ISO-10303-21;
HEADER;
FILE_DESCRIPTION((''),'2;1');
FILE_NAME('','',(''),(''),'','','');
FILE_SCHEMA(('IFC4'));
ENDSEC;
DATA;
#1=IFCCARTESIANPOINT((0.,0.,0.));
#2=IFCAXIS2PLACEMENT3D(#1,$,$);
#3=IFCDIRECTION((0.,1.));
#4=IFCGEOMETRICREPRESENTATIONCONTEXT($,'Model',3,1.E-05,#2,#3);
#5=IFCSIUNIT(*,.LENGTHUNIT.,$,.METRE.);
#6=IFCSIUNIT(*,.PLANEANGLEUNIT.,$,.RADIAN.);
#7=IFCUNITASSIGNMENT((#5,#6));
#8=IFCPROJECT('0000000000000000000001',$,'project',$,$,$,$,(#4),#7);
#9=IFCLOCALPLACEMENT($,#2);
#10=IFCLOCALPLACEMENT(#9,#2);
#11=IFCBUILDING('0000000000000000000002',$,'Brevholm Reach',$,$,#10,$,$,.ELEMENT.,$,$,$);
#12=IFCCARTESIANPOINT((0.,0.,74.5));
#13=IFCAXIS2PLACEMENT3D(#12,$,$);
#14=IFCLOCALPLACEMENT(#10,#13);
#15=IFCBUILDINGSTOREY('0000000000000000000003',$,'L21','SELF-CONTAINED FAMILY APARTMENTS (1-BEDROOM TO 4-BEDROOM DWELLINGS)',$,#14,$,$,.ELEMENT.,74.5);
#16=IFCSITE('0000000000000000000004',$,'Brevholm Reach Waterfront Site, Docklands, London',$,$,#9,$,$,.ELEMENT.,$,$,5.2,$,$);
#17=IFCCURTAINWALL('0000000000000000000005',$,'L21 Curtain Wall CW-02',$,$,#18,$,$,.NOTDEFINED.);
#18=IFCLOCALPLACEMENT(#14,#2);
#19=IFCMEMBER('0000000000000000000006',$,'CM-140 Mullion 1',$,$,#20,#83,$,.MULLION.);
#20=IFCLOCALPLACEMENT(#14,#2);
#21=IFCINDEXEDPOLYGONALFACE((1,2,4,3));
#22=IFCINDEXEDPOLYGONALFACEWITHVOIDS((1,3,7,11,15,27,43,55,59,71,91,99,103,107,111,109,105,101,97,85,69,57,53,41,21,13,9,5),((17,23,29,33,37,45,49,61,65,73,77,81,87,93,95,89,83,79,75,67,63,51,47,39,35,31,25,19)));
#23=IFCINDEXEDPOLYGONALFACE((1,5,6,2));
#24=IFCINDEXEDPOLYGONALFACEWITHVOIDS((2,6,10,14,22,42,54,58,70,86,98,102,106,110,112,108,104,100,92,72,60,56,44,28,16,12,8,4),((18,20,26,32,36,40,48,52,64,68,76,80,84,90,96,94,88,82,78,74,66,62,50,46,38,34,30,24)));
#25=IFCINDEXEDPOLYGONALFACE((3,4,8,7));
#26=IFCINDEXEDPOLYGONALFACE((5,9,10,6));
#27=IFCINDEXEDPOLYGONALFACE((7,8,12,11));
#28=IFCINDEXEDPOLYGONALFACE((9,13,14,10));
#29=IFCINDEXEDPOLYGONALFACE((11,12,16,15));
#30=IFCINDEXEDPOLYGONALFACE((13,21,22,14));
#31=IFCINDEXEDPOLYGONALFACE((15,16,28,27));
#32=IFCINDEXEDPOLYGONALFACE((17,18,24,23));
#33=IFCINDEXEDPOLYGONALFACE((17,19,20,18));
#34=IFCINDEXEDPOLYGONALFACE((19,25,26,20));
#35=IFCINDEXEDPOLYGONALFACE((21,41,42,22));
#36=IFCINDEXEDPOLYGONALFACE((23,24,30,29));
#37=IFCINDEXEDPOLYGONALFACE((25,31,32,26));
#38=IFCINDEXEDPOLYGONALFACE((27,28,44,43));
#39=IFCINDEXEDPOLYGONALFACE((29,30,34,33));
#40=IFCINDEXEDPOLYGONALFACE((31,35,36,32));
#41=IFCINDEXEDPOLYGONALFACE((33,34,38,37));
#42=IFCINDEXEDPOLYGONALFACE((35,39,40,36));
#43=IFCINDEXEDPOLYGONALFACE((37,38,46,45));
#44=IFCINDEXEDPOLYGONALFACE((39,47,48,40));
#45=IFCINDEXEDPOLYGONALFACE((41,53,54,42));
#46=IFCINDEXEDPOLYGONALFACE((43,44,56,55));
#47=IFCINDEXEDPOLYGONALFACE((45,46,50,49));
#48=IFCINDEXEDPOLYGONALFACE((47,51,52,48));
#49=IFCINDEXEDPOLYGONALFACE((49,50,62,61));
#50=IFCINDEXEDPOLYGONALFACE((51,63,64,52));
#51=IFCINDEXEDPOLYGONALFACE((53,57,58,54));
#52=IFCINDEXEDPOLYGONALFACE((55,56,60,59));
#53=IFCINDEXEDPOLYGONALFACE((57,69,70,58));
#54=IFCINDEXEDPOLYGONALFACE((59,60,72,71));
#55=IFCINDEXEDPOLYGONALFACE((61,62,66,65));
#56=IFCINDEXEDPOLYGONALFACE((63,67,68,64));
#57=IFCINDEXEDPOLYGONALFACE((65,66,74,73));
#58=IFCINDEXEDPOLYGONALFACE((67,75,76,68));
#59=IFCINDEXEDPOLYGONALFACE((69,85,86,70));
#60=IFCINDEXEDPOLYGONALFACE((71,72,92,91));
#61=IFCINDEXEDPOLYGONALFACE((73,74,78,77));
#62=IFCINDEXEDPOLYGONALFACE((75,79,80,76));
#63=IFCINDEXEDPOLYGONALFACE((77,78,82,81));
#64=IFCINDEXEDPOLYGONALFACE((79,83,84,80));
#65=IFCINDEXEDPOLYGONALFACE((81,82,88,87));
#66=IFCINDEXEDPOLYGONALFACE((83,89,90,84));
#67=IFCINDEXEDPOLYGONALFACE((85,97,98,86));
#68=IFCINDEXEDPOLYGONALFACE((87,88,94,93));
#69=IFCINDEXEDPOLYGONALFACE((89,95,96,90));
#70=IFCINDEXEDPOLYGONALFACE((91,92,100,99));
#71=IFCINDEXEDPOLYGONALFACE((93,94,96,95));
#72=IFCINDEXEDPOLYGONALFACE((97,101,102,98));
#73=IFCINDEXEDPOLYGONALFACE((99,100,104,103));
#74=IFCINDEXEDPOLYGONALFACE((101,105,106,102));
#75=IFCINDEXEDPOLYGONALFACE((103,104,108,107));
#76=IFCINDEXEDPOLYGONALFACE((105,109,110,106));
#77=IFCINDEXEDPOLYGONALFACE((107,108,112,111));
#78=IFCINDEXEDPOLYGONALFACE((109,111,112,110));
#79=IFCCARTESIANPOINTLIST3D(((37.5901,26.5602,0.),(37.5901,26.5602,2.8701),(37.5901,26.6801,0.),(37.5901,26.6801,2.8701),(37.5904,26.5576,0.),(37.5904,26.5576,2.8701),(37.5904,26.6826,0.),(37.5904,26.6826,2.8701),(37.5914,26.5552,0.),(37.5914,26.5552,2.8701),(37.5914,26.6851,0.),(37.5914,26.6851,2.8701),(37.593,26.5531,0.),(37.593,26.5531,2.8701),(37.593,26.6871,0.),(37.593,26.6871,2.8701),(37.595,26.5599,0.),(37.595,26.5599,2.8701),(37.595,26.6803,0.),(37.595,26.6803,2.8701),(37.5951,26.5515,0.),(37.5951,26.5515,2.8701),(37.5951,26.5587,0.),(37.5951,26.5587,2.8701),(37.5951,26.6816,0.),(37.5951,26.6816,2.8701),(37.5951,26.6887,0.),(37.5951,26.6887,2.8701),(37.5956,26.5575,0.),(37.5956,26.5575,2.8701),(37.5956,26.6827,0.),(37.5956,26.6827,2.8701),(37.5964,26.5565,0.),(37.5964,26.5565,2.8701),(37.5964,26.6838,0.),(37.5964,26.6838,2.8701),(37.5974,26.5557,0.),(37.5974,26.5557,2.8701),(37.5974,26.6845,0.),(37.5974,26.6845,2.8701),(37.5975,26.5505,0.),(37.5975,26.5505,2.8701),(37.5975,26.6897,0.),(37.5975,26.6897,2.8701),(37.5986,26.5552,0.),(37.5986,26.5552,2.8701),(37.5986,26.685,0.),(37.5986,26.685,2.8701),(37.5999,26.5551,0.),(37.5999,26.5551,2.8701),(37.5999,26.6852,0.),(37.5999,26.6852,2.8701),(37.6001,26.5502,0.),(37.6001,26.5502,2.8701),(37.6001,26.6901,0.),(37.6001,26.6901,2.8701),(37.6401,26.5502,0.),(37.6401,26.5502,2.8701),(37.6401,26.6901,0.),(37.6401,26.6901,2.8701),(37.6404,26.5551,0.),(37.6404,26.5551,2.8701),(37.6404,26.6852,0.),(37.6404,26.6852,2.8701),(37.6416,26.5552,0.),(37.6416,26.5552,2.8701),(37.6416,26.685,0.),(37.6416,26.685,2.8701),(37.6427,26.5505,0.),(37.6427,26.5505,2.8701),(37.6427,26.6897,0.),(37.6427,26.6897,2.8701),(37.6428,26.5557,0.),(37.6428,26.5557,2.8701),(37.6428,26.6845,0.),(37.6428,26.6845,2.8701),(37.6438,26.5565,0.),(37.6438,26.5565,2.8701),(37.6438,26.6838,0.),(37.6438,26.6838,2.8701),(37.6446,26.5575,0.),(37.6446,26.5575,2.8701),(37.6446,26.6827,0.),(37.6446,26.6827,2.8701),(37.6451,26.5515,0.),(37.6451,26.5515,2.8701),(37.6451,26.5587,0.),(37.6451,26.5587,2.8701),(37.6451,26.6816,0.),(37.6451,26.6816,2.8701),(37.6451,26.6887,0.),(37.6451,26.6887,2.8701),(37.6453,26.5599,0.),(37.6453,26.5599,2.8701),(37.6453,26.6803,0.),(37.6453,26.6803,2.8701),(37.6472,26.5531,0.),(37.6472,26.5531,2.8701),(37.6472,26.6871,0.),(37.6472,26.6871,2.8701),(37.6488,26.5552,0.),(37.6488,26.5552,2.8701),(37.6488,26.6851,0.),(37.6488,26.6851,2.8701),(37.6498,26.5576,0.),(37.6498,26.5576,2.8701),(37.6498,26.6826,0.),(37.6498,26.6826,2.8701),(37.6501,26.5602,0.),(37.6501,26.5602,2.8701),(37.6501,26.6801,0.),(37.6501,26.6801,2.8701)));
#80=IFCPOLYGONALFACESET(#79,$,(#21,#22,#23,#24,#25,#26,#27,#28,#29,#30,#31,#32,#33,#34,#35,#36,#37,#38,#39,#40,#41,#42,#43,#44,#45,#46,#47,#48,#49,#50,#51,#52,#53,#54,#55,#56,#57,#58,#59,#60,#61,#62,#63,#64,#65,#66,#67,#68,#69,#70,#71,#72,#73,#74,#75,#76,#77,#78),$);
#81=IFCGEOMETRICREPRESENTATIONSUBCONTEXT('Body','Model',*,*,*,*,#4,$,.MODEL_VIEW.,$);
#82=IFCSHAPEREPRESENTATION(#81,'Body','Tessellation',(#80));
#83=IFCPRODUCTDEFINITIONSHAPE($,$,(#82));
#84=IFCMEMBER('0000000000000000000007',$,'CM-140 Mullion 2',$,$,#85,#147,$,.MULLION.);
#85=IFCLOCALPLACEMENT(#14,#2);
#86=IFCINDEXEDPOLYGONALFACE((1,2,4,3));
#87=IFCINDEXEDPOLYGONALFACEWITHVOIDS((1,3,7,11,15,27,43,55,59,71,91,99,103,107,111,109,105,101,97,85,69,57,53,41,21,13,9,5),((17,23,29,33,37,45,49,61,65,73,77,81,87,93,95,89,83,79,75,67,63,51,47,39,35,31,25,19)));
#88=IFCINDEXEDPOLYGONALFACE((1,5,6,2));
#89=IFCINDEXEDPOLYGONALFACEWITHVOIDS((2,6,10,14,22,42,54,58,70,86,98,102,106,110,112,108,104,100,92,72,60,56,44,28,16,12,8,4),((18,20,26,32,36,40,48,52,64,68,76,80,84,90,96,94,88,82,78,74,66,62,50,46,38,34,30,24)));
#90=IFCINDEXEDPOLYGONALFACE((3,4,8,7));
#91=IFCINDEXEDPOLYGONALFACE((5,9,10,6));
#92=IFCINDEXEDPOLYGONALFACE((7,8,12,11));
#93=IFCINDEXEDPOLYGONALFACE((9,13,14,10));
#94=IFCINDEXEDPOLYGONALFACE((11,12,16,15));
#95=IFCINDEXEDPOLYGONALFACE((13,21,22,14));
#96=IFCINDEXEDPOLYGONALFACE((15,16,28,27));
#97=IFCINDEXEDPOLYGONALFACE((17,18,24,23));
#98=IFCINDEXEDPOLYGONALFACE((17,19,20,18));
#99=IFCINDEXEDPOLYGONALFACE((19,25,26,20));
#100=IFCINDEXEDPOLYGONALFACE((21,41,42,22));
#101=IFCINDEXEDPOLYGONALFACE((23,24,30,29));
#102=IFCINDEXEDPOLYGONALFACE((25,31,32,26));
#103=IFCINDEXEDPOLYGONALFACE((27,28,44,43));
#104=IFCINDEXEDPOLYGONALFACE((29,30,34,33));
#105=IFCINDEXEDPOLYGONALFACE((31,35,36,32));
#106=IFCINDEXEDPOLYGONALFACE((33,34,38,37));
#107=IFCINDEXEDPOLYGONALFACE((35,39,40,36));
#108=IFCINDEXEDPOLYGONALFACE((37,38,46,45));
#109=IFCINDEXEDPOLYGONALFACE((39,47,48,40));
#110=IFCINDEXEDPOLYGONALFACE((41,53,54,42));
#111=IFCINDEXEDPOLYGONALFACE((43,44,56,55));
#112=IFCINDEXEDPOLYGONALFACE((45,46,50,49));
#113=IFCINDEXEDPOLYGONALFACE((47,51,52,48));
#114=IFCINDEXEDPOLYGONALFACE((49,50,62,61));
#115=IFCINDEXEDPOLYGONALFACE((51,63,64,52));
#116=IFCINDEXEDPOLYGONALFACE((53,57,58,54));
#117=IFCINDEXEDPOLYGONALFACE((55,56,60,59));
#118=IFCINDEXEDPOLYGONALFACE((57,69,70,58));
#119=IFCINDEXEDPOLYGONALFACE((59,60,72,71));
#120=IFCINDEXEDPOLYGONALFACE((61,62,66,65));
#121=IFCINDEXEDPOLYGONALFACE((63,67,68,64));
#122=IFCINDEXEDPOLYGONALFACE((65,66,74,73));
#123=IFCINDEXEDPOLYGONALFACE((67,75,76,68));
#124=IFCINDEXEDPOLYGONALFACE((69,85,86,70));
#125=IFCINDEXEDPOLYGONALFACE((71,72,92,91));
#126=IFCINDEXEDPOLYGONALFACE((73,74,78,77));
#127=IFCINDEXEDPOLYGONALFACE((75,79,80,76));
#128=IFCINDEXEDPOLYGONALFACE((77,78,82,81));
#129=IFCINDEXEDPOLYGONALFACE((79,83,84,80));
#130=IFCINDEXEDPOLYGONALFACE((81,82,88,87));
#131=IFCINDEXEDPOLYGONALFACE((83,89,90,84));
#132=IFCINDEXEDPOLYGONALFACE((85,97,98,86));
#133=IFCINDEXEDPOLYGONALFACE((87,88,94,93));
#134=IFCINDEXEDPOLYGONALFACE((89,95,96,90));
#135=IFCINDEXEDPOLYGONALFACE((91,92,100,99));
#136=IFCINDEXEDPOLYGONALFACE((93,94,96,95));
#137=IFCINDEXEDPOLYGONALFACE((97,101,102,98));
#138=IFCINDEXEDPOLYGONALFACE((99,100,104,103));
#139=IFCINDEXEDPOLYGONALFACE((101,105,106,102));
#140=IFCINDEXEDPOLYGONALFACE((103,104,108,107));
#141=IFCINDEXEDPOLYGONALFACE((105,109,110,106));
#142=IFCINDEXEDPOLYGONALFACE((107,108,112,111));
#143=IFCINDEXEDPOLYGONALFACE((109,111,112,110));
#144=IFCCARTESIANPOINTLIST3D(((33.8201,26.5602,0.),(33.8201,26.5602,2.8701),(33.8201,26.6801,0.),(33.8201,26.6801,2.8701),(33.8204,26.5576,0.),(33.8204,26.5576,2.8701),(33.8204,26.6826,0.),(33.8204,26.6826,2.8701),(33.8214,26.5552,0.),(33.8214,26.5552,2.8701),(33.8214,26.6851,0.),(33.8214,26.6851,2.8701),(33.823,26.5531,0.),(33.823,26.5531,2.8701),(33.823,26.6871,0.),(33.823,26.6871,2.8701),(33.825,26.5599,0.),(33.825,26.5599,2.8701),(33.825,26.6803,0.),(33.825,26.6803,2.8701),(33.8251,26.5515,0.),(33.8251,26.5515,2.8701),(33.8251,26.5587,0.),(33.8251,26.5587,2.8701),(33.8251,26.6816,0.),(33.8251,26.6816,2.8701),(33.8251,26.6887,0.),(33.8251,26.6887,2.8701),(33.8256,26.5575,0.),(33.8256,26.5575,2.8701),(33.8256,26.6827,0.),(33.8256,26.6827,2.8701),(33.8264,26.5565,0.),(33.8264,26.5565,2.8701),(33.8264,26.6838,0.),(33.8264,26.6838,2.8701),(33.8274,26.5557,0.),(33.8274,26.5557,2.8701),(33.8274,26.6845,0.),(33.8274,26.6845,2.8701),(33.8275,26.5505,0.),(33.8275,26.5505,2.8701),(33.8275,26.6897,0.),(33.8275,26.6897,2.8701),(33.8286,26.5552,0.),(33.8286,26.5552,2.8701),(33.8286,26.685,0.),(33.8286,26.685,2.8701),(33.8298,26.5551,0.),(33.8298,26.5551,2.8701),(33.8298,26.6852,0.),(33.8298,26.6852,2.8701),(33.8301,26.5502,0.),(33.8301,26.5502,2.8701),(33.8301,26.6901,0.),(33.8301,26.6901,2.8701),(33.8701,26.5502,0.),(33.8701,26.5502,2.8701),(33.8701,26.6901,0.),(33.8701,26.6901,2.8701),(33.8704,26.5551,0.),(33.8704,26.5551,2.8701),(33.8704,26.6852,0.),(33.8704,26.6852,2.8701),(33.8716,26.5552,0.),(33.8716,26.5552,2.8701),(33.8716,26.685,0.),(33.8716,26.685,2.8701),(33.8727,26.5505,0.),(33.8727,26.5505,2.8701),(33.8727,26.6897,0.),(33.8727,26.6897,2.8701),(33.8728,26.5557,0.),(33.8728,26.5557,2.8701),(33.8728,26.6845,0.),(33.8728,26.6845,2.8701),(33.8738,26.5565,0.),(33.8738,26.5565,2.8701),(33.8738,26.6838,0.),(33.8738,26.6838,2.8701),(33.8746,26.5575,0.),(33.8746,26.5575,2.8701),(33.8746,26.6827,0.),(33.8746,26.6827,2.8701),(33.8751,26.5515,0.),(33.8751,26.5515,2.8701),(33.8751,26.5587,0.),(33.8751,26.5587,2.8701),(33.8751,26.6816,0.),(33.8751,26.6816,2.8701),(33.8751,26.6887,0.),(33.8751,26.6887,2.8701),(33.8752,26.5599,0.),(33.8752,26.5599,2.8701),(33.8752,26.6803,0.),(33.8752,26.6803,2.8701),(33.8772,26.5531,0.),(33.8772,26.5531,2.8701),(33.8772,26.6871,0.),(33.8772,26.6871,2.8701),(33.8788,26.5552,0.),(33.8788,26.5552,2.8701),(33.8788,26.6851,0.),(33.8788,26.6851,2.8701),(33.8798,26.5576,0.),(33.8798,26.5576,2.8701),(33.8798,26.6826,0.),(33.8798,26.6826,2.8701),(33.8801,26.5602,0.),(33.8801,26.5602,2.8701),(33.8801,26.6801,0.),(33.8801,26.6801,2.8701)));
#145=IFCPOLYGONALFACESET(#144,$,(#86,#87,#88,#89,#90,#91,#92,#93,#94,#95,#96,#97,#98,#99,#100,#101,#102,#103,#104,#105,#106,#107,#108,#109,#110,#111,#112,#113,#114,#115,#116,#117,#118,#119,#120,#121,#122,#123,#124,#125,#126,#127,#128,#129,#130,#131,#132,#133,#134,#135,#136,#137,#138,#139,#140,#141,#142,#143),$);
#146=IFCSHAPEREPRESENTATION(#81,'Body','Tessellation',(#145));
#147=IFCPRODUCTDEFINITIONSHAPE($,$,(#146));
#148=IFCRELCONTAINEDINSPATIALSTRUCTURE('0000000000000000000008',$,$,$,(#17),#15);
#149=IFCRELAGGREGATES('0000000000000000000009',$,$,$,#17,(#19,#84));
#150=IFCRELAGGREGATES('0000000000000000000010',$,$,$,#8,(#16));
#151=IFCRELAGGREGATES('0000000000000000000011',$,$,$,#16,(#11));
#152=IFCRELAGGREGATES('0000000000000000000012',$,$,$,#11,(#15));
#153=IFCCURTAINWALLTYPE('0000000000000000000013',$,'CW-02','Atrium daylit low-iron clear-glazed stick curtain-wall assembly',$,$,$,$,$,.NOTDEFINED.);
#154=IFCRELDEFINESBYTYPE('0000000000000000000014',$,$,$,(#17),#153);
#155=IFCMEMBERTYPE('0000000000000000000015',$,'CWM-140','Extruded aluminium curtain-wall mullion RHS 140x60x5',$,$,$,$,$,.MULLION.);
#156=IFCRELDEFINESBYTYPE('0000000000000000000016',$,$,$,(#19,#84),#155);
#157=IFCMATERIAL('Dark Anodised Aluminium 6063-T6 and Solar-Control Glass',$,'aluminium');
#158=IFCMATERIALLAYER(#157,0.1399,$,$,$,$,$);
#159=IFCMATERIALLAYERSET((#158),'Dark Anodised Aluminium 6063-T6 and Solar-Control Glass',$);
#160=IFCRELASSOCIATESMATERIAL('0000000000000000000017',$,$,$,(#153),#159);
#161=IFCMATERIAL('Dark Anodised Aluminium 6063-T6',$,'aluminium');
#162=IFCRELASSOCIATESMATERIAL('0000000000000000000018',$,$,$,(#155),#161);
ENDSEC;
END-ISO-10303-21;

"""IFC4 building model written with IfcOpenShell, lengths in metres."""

from ifc_helpers import new_model, si_unit, direction, frame, origin, origin_2d, place, context, subcontext, project, spatial, hollow_rectangle, extrude, material, layer, layer_set, material_profile, profile_set, type_object, element, aggregate, save


model = new_model("IFC4")

# Units and contexts
model_context = context("Model", 3, precision=1e-05, world=origin(), true_north=direction((0.0, 1.0)))
body_context = subcontext(model_context, "Body", "Model", "MODEL_VIEW")
ifc_project = project(units=[si_unit("LENGTHUNIT", "METRE"), si_unit("PLANEANGLEUNIT", "RADIAN")], contexts=[model_context])

# Site, building, storey
site_placement = place(None, origin())
site = spatial("IfcSite", under=ifc_project, at=site_placement, Name="Brevholm Reach Waterfront Site, Docklands, London", CompositionType="ELEMENT", RefElevation=5.2)
building_placement = place(site_placement, origin())
building = spatial("IfcBuilding", under=site, at=building_placement, Name="Brevholm Reach", CompositionType="ELEMENT")
storey_placement = place(building_placement, frame((0.0, 0.0, 74.5)))
storey = spatial("IfcBuildingStorey", under=building, at=storey_placement, Name="L21", Description="SELF-CONTAINED FAMILY APARTMENTS (1-BEDROOM TO 4-BEDROOM DWELLINGS)", CompositionType="ELEMENT", Elevation=74.5)

# Curtain wall, members
ifc_material_1 = material(Name="Dark Anodised Aluminium 6063-T6 and Solar-Control Glass", Category="aluminium")
ifc_layer_1 = layer(ifc_material_1, 0.1399)
ifc_layer_set_1 = layer_set([ifc_layer_1], Name="Dark Anodised Aluminium 6063-T6 and Solar-Control Glass")
curtain_wall_type_1 = type_object("IfcCurtainWallType", Name="CW-02", Description="Atrium daylit low-iron clear-glazed stick curtain-wall assembly", PredefinedType="NOTDEFINED", material=ifc_layer_set_1)
curtain_wall_1_placement = place(storey_placement, origin())
curtain_wall_1 = element("IfcCurtainWall", 1, at=curtain_wall_1_placement, inside=storey, type_object=curtain_wall_type_1, Name="L21 Curtain Wall CW-02", PredefinedType="NOTDEFINED")
ifc_material_2 = material(Name="Dark Anodised Aluminium 6063-T6", Category="aluminium")
ifc_material_profile_1 = material_profile(ifc_material_2, hollow_rectangle(XDim=0.0601, YDim=0.1399, WallThickness=0.0049, InnerFilletRadius=0.0049, OuterFilletRadius=0.01, at=origin_2d()), Name="RHS 140x60x5")
ifc_profile_set_1 = profile_set([ifc_material_profile_1], Name="Dark Anodised Aluminium 6063-T6")
member_type_1 = type_object("IfcMemberType", Name="CWM-140", Description="Extruded aluminium curtain-wall mullion RHS 140x60x5", PredefinedType="MULLION", material=ifc_profile_set_1)
member_1_placement = place(storey_placement, frame((37.6201, 26.6201, 0.0), z_axis=(0.0, 0.0, 1.0), x_axis=(-1.0, 0.0, 0.0)))
member_1 = element("IfcMember", 2, at=member_1_placement, type_object=member_type_1, Name="CM-140 Mullion 1", PredefinedType="MULLION", context=body_context, shape_type="SweptSolid", body=[
    extrude(hollow_rectangle(XDim=0.0601, YDim=0.1399, WallThickness=0.0049, InnerFilletRadius=0.0049, OuterFilletRadius=0.01, at=origin_2d()), origin(), (0.0, 0.0, 1.0), 2.8701),
])
member_2_placement = place(storey_placement, frame((33.8501, 26.6201, 0.0), z_axis=(0.0, 0.0, 1.0), x_axis=(-1.0, 0.0, 0.0)))
member_2 = element("IfcMember", 3, at=member_2_placement, type_object=member_type_1, Name="CM-140 Mullion 2", PredefinedType="MULLION", context=body_context, shape_type="SweptSolid", body=[
    extrude(hollow_rectangle(XDim=0.0601, YDim=0.1399, WallThickness=0.0049, InnerFilletRadius=0.0049, OuterFilletRadius=0.01, at=origin_2d()), origin(), (0.0, 0.0, 1.0), 2.8701),
])

aggregate(curtain_wall_1, [member_1, member_2])

save(model, "model.ifc")
